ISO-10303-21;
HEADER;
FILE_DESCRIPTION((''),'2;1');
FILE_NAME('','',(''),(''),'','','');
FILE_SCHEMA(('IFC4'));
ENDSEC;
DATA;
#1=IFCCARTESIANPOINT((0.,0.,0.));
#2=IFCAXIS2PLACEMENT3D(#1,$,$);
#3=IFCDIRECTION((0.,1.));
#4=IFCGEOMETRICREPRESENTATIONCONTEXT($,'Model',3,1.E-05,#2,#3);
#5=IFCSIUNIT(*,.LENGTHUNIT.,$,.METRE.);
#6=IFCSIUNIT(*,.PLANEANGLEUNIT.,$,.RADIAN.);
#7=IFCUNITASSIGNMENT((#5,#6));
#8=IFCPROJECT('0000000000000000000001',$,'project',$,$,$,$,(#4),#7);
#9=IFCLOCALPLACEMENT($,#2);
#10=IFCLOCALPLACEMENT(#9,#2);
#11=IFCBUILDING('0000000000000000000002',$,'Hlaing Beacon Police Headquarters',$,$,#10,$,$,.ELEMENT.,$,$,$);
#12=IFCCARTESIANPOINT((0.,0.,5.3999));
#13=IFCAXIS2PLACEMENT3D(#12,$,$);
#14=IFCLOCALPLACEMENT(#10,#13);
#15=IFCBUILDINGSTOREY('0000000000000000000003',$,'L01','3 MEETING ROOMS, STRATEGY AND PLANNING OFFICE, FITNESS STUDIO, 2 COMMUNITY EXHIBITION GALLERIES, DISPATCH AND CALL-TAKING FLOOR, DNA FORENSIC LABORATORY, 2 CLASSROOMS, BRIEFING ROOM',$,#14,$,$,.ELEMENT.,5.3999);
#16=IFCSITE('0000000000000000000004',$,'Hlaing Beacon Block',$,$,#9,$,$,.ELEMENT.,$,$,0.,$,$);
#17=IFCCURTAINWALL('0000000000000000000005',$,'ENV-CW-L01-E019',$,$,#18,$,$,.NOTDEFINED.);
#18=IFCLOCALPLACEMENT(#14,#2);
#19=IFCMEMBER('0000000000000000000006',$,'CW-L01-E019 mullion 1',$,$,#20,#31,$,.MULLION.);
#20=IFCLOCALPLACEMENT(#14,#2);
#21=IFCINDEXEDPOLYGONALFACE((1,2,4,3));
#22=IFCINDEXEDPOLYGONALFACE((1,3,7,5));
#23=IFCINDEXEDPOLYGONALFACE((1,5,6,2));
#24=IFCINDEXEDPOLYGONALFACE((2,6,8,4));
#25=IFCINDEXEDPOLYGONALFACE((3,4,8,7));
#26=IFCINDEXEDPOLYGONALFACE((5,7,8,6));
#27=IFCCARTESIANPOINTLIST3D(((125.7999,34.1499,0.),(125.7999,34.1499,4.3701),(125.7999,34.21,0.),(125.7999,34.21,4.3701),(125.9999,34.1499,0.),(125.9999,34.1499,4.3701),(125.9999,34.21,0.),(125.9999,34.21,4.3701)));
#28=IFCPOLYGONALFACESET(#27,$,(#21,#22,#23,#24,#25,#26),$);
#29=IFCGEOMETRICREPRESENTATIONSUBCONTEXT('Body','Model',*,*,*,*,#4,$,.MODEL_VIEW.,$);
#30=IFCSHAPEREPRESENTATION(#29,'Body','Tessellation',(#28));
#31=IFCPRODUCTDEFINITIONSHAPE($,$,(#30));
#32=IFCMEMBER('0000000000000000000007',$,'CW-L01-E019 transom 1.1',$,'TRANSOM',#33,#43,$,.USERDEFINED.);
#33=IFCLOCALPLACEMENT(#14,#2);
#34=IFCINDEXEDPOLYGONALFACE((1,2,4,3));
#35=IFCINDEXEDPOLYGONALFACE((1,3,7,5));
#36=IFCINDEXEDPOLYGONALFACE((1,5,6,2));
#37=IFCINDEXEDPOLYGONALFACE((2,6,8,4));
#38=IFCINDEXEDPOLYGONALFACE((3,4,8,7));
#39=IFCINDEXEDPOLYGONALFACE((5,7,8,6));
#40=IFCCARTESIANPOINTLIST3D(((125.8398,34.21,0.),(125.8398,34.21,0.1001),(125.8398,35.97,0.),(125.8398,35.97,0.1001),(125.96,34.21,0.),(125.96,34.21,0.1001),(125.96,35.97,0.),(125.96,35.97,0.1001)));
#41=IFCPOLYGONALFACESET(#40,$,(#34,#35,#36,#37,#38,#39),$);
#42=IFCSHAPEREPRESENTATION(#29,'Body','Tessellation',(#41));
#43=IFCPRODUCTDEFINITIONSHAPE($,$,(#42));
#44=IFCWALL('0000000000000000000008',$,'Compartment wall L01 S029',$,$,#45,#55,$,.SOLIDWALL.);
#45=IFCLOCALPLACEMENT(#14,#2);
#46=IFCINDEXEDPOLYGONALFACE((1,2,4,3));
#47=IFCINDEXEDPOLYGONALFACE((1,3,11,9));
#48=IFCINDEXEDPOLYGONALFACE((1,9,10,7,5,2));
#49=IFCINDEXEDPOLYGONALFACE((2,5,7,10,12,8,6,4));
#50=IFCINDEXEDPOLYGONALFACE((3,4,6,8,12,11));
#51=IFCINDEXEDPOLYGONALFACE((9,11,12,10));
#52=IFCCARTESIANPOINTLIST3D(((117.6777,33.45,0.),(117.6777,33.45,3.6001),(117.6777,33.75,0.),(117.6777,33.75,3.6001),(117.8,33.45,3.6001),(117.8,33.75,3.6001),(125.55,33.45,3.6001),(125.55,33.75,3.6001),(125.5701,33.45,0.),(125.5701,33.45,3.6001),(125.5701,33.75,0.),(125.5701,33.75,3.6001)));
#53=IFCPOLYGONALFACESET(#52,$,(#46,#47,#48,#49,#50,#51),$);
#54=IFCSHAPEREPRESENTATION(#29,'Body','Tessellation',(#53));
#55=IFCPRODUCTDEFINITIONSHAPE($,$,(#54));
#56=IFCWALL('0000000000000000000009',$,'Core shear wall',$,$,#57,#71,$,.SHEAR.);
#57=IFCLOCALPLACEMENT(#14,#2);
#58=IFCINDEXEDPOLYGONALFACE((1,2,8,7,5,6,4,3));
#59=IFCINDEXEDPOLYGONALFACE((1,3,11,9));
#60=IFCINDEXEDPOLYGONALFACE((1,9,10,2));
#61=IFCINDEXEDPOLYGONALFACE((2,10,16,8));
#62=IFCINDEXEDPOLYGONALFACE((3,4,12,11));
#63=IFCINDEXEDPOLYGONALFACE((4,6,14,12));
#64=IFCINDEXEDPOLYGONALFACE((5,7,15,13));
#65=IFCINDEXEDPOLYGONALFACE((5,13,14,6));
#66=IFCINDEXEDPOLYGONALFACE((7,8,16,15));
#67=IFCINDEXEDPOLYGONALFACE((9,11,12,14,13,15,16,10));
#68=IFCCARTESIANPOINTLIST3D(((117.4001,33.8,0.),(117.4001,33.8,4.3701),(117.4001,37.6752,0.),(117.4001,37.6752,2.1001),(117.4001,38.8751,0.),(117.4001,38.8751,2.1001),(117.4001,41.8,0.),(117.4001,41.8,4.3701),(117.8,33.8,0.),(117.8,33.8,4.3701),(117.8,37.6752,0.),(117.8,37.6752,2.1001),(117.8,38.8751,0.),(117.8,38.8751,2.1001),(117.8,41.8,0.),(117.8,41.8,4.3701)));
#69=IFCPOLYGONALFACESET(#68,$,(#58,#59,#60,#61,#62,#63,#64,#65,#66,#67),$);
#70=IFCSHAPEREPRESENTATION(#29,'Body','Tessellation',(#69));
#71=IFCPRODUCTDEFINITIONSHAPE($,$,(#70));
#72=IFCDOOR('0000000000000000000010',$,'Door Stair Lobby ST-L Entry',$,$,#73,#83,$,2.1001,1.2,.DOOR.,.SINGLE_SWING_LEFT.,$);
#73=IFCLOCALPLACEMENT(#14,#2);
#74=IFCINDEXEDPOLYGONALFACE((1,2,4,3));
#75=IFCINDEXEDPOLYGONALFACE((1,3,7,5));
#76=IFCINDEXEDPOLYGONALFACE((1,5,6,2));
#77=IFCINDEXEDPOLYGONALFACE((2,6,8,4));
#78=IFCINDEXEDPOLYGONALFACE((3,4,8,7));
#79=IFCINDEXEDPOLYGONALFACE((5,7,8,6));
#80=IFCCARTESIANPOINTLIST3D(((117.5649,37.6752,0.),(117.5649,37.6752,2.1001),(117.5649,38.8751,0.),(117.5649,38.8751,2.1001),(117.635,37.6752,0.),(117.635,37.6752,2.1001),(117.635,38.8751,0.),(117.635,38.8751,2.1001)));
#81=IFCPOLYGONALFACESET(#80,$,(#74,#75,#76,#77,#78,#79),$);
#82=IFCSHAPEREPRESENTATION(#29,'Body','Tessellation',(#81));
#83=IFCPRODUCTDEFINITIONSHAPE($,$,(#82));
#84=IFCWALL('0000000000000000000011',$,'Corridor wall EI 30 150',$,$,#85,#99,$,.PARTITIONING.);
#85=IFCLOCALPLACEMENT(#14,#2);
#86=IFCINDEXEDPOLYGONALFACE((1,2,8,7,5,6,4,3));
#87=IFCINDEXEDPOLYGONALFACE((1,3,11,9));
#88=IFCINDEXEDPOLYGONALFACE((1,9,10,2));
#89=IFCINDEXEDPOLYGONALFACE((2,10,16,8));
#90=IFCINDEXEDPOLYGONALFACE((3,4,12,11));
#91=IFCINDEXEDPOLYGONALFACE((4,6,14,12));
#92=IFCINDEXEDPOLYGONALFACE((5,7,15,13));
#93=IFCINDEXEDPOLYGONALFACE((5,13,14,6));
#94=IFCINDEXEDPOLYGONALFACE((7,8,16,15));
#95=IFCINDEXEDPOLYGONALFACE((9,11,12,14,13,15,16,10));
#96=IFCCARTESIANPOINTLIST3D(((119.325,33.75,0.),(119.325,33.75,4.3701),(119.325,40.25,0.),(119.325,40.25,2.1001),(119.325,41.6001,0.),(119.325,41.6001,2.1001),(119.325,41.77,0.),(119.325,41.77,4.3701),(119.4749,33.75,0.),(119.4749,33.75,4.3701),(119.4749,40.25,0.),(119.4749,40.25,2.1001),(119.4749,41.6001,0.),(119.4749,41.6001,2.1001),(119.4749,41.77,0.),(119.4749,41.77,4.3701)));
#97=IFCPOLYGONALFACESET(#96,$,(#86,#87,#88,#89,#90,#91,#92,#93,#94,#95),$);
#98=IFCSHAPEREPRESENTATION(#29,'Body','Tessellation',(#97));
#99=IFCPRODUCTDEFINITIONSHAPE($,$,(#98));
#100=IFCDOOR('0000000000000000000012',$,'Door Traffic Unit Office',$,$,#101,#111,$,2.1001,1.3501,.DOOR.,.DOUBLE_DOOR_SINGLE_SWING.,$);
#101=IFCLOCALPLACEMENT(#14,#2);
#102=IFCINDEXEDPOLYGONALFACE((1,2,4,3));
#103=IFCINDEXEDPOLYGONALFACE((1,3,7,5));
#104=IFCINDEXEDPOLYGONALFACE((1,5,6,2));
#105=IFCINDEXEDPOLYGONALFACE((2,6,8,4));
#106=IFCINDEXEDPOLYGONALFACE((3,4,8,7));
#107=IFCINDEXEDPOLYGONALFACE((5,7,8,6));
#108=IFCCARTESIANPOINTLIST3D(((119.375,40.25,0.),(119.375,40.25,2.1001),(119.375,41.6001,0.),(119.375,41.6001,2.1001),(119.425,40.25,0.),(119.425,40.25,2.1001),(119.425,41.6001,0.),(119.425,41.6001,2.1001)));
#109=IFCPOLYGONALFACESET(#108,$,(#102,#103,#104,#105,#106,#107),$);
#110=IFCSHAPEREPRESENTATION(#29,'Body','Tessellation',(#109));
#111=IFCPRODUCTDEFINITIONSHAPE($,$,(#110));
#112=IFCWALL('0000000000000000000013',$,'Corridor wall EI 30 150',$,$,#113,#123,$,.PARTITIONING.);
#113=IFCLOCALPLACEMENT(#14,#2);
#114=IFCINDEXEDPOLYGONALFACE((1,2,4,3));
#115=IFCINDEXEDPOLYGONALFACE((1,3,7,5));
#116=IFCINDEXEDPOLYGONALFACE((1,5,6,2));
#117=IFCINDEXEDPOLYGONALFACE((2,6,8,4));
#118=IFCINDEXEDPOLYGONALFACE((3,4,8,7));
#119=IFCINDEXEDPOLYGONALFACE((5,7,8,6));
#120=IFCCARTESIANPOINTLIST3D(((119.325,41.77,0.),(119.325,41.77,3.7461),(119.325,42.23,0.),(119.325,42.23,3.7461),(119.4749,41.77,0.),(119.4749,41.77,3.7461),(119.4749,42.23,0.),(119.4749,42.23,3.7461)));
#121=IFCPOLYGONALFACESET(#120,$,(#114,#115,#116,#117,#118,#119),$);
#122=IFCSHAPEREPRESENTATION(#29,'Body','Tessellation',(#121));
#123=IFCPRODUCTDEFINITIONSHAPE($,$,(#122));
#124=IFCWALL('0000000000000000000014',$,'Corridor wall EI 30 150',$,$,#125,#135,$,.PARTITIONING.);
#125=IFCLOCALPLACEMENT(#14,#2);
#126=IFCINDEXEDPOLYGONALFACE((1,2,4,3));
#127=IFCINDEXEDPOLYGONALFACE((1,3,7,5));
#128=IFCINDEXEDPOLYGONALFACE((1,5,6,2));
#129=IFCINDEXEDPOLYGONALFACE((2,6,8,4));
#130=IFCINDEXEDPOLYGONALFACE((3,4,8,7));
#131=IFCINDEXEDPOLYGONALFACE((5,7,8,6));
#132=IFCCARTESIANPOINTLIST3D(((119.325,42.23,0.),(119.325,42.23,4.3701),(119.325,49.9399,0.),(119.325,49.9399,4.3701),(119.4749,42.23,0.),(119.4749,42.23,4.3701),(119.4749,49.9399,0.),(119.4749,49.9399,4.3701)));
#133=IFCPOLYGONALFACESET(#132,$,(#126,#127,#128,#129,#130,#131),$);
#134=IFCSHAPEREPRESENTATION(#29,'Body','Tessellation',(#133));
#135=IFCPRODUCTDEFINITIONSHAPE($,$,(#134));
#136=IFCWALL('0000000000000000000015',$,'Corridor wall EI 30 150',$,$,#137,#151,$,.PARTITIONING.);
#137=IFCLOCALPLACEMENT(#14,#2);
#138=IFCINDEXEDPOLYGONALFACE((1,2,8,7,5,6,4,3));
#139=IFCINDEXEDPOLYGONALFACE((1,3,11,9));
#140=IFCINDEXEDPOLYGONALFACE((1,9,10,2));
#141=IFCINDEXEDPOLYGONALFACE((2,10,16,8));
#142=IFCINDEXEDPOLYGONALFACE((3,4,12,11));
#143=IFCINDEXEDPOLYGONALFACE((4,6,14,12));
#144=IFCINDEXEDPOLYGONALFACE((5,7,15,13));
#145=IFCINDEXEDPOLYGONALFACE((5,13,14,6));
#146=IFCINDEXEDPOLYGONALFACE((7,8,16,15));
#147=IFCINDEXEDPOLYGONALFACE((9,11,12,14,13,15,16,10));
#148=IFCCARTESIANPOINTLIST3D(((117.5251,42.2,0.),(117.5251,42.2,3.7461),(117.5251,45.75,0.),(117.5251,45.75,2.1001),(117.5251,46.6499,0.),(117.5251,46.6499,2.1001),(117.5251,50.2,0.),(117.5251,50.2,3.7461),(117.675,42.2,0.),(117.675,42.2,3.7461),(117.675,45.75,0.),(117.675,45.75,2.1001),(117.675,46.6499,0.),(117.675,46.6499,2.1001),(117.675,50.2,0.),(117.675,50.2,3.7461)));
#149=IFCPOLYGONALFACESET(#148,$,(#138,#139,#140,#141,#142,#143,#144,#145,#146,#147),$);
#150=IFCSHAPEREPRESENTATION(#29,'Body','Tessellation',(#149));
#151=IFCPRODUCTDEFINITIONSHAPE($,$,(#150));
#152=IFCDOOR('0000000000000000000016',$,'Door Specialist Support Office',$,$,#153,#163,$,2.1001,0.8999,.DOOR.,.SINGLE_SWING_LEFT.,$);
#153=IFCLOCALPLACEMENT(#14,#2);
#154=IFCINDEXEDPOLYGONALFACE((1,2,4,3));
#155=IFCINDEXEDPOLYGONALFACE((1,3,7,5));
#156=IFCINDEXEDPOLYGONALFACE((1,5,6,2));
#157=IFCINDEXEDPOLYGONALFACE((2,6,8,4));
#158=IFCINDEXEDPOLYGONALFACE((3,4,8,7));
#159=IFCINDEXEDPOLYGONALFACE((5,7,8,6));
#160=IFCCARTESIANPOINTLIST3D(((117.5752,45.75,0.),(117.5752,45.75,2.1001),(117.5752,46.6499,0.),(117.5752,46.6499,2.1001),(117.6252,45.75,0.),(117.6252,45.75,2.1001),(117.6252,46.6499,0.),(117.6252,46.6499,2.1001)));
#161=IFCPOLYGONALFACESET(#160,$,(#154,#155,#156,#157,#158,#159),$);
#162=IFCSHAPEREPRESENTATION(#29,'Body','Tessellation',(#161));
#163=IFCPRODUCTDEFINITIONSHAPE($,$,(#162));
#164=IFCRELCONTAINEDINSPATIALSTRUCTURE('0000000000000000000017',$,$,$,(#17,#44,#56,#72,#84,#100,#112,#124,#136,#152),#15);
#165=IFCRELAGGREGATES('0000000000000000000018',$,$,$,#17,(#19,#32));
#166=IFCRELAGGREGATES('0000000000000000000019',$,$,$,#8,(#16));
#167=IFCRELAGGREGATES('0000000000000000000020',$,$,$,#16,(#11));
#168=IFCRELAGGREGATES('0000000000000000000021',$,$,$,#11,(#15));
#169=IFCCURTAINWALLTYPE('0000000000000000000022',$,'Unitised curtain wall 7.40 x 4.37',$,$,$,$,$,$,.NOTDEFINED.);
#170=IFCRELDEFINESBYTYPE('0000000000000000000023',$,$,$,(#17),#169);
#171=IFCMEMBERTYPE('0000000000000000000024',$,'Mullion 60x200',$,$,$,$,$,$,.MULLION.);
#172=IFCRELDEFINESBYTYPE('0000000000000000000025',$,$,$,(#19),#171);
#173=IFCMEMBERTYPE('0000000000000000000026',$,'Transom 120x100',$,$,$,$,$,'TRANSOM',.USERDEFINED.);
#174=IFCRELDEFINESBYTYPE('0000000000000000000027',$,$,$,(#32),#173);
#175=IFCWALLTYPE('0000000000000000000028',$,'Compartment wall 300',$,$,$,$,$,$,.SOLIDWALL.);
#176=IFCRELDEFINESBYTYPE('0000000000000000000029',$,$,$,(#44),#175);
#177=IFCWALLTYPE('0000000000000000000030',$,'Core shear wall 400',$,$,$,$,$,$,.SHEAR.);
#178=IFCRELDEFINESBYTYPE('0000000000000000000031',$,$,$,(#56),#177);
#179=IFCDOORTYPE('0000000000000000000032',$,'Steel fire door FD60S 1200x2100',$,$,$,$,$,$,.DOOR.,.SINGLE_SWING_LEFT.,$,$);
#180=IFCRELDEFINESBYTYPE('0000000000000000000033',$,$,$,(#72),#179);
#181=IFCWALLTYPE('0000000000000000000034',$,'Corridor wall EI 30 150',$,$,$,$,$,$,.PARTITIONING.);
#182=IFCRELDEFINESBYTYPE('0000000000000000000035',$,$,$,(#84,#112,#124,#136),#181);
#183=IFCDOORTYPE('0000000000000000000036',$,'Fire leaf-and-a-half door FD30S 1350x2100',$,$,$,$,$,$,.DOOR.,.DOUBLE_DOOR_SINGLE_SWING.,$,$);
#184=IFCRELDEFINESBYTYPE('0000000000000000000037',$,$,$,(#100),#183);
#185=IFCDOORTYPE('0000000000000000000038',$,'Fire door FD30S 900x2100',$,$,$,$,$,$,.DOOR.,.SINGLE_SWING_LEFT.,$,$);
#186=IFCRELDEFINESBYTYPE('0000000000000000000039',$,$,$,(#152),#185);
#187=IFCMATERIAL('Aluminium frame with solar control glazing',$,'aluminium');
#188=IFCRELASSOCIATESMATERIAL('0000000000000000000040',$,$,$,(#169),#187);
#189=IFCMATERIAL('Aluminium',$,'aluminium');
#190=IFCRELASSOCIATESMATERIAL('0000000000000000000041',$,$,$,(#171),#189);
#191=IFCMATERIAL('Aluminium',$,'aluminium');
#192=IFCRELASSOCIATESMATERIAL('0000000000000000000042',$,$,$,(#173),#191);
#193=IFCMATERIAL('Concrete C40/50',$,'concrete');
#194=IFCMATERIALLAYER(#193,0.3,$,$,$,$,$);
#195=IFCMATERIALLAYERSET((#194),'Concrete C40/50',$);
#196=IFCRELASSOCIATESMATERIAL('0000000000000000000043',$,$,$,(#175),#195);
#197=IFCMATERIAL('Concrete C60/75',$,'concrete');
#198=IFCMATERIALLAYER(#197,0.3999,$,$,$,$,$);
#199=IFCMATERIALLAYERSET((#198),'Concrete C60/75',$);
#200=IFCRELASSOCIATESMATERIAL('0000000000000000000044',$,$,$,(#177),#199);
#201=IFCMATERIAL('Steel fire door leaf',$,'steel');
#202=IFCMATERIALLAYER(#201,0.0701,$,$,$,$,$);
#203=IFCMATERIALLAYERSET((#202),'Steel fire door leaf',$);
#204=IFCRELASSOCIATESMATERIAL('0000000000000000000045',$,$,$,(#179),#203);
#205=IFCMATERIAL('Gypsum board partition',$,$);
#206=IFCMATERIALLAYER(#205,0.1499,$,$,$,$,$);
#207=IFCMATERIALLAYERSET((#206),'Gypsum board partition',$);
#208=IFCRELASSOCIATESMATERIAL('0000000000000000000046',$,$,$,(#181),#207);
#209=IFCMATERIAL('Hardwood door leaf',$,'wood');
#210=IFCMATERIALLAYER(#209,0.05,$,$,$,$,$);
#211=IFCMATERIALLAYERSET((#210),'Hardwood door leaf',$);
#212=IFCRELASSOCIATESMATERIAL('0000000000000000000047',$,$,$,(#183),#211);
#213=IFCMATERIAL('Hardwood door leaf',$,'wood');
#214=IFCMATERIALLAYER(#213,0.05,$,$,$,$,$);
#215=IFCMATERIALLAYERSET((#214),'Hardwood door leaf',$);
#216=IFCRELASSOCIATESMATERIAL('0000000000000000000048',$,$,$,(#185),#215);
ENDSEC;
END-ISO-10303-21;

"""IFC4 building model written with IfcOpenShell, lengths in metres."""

from ifc_helpers import new_model, si_unit, direction, frame, frame_2d, origin, origin_2d, place, context, subcontext, project, spatial, polyline, rectangle, outline, extrude, material, layer, layer_set, material_profile, profile_set, type_object, element, fill, aggregate, save


model = new_model("IFC4")

# Units and contexts
model_context = context("Model", 3, precision=1e-05, world=origin(), true_north=direction((0.0, 1.0)))
body_context = subcontext(model_context, "Body", "Model", "MODEL_VIEW")
ifc_project = project(units=[si_unit("LENGTHUNIT", "METRE"), si_unit("PLANEANGLEUNIT", "RADIAN")], contexts=[model_context])

# Site, building, storey
site_placement = place(None, origin())
site = spatial("IfcSite", under=ifc_project, at=site_placement, Name="Hlaing Beacon Block", CompositionType="ELEMENT", RefElevation=0.0)
building_placement = place(site_placement, origin())
building = spatial("IfcBuilding", under=site, at=building_placement, Name="Hlaing Beacon Police Headquarters", CompositionType="ELEMENT")
storey_placement = place(building_placement, frame((0.0, 0.0, 5.3999)))
storey = spatial("IfcBuildingStorey", under=building, at=storey_placement, Name="L01", Description="3 MEETING ROOMS, STRATEGY AND PLANNING OFFICE, FITNESS STUDIO, 2 COMMUNITY EXHIBITION GALLERIES, DISPATCH AND CALL-TAKING FLOOR, DNA FORENSIC LABORATORY, 2 CLASSROOMS, BRIEFING ROOM", CompositionType="ELEMENT", Elevation=5.3999)

# Curtain wall, members
ifc_material_1 = material(Name="Aluminium frame with solar control glazing", Category="aluminium")
curtain_wall_type = type_object("IfcCurtainWallType", Name="Unitised curtain wall 7.40 x 4.37", PredefinedType="NOTDEFINED", material=ifc_material_1)
curtain_wall_placement = place(storey_placement, origin())
curtain_wall = element("IfcCurtainWall", 1, at=curtain_wall_placement, inside=storey, type_object=curtain_wall_type, Name="ENV-CW-L01-E019", PredefinedType="NOTDEFINED")
ifc_material_2 = material(Name="Aluminium", Category="aluminium")
ifc_material_profile_1 = material_profile(ifc_material_2, rectangle(XDim=0.2, YDim=0.0601, at=origin_2d()), Name="Mullion 60x200")
ifc_profile_set_1 = profile_set([ifc_material_profile_1], Name="Aluminium")
member_type_1 = type_object("IfcMemberType", Name="Mullion 60x200", PredefinedType="MULLION", material=ifc_profile_set_1)
member_1_placement = place(storey_placement, frame((125.8999, 34.1799, 0.0), z_axis=(0.0, 0.0, 1.0), x_axis=(-1.0, 0.0, 0.0)))
member_1 = element("IfcMember", 2, at=member_1_placement, type_object=member_type_1, Name="CW-L01-E019 mullion 1", PredefinedType="MULLION", context=body_context, shape_type="SweptSolid", body=[
    extrude(rectangle(XDim=0.2, YDim=0.0601, at=origin_2d()), origin(), (0.0, 0.0, 1.0), 4.3701),
])
ifc_material_3 = material(Name="Aluminium", Category="aluminium")
ifc_material_profile_2 = material_profile(ifc_material_3, rectangle(XDim=0.1201, YDim=0.1001, at=origin_2d()), Name="Transom 120x100")
ifc_profile_set_2 = profile_set([ifc_material_profile_2], Name="Aluminium")
member_type_2 = type_object("IfcMemberType", Name="Transom 120x100", ElementType="TRANSOM", PredefinedType="USERDEFINED", material=ifc_profile_set_2)
member_2_placement = place(storey_placement, frame((125.8999, 34.21, 0.05), z_axis=(0.0, 1.0, 0.0), x_axis=(-1.0, 0.0, 0.0)))
member_2 = element("IfcMember", 3, at=member_2_placement, type_object=member_type_2, Name="CW-L01-E019 transom 1.1", ObjectType="TRANSOM", PredefinedType="USERDEFINED", context=body_context, shape_type="SweptSolid", body=[
    extrude(rectangle(XDim=0.1201, YDim=0.1001, at=origin_2d()), origin(), (0.0, 0.0, 1.0), 1.76),
])
aggregate(curtain_wall, [member_1, member_2])

# Wall
ifc_material_4 = material(Name="Concrete C40/50", Category="concrete")
ifc_layer_1 = layer(ifc_material_4, 0.3)
ifc_layer_set_1 = layer_set([ifc_layer_1], Name="Concrete C40/50")
wall_type_1 = type_object("IfcWallType", Name="Compartment wall 300", PredefinedType="SOLIDWALL", material=ifc_layer_set_1)
wall_1_placement = place(storey_placement, frame((117.6777, 33.6001, 0.0), z_axis=(0.0, 0.0, 1.0), x_axis=(1.0, 0.0, 0.0)))
element("IfcWall", 4, at=wall_1_placement, inside=storey, type_object=wall_type_1, Name="Compartment wall L01 S029", PredefinedType="SOLIDWALL", context=body_context, shape_type="SweptSolid", body=[
    extrude(outline(polyline([(0.0, 0.0), (7.8923, 0.0), (7.8923, 3.6001), (7.8723, 3.6001), (0.1223, 3.6001), (0.0, 3.6001), (0.0, 0.0)])), frame((0.0, 0.1499, 0.0), z_axis=(0.0, -1.0, 0.0), x_axis=(1.0, 0.0, 0.0)), (0.0, 0.0, 1.0), 0.3),
])

# Walls, openings, doors
ifc_material_5 = material(Name="Concrete C60/75", Category="concrete")
ifc_layer_2 = layer(ifc_material_5, 0.3999)
ifc_layer_set_2 = layer_set([ifc_layer_2], Name="Concrete C60/75")
wall_type_2 = type_object("IfcWallType", Name="Core shear wall 400", PredefinedType="SHEAR", material=ifc_layer_set_2)
wall_2_placement = place(storey_placement, frame((117.6001, 33.8, 0.0), z_axis=(0.0, 0.0, 1.0), x_axis=(0.0, 1.0, 0.0)))
wall_2 = element("IfcWall", 5, at=wall_2_placement, inside=storey, type_object=wall_type_2, Name="Core shear wall", PredefinedType="SHEAR", context=body_context, shape_type="SweptSolid", body=[
    extrude(rectangle(XDim=8.0, YDim=0.3999, at=frame_2d((4.0, 0.0))), origin(), (0.0, 0.0, 1.0), 4.3701),
])
opening_1_placement = place(wall_2_placement, frame((3.875, 0.0, 0.0)))
opening_1 = element("IfcOpeningElement", 6, at=opening_1_placement, cuts=wall_2, PredefinedType="OPENING", context=body_context, shape_type="SweptSolid", body=[
    extrude(rectangle(XDim=1.2, YDim=2.1001, at=frame_2d((0.6001, 1.05))), frame((0.0, 0.21, 0.0), z_axis=(0.0, -1.0, 0.0), x_axis=(1.0, 0.0, 0.0)), (0.0, 0.0, 1.0), 0.4199),
])
ifc_material_6 = material(Name="Steel fire door leaf", Category="steel")
ifc_layer_3 = layer(ifc_material_6, 0.0701)
ifc_layer_set_3 = layer_set([ifc_layer_3], Name="Steel fire door leaf")
door_type_1 = type_object("IfcDoorType", Name="Steel fire door FD60S 1200x2100", OperationType="SINGLE_SWING_LEFT", PredefinedType="DOOR", material=ifc_layer_set_3)
door_1_placement = place(opening_1_placement, origin())
door_1 = element("IfcDoor", 7, at=door_1_placement, inside=storey, type_object=door_type_1, Name="Door Stair Lobby ST-L Entry", OperationType="SINGLE_SWING_LEFT", OverallHeight=2.1001, OverallWidth=1.2, PredefinedType="DOOR", context=body_context, shape_type="SweptSolid", body=[
    extrude(rectangle(XDim=1.2, YDim=2.1001, at=frame_2d((0.6001, 1.05))), frame((0.0, 0.0352, 0.0), z_axis=(0.0, -1.0, 0.0), x_axis=(1.0, 0.0, 0.0)), (0.0, 0.0, 1.0), 0.0701),
])
fill(opening_1, door_1)
ifc_material_7 = material(Name="Gypsum board partition")
ifc_layer_4 = layer(ifc_material_7, 0.1499)
ifc_layer_set_4 = layer_set([ifc_layer_4], Name="Gypsum board partition")
wall_type_3 = type_object("IfcWallType", Name="Corridor wall EI 30 150", PredefinedType="PARTITIONING", material=ifc_layer_set_4)
wall_3_placement = place(storey_placement, frame((119.3999, 33.75, 0.0), z_axis=(0.0, 0.0, 1.0), x_axis=(0.0, 1.0, 0.0)))
wall_3 = element("IfcWall", 8, at=wall_3_placement, inside=storey, type_object=wall_type_3, Name="Corridor wall EI 30 150", PredefinedType="PARTITIONING", context=body_context, shape_type="SweptSolid", body=[
    extrude(rectangle(XDim=8.02, YDim=0.1499, at=frame_2d((4.01, 0.0))), origin(), (0.0, 0.0, 1.0), 4.3701),
])
opening_2_placement = place(wall_3_placement, frame((6.5, 0.0, 0.0)))
opening_2 = element("IfcOpeningElement", 9, at=opening_2_placement, cuts=wall_3, PredefinedType="OPENING", context=body_context, shape_type="SweptSolid", body=[
    extrude(rectangle(XDim=1.3501, YDim=2.1001, at=frame_2d((0.675, 1.05))), frame((0.0, 0.085, 0.0), z_axis=(0.0, -1.0, 0.0), x_axis=(1.0, 0.0, 0.0)), (0.0, 0.0, 1.0), 0.1699),
])
ifc_material_8 = material(Name="Hardwood door leaf", Category="wood")
ifc_layer_5 = layer(ifc_material_8, 0.05)
ifc_layer_set_5 = layer_set([ifc_layer_5], Name="Hardwood door leaf")
door_type_2 = type_object("IfcDoorType", Name="Fire leaf-and-a-half door FD30S 1350x2100", OperationType="DOUBLE_DOOR_SINGLE_SWING", PredefinedType="DOOR", material=ifc_layer_set_5)
door_2_placement = place(opening_2_placement, frame((1.3501, 0.0, 0.0), z_axis=(0.0, 0.0, 1.0), x_axis=(-1.0, 0.0, 0.0)))
door_2 = element("IfcDoor", 10, at=door_2_placement, inside=storey, type_object=door_type_2, Name="Door Traffic Unit Office", OperationType="DOUBLE_DOOR_SINGLE_SWING", OverallHeight=2.1001, OverallWidth=1.3501, PredefinedType="DOOR", context=body_context, shape_type="SweptSolid", body=[
    extrude(rectangle(XDim=1.3501, YDim=2.1001, at=frame_2d((0.675, 1.05))), frame((0.0, 0.0251, 0.0), z_axis=(0.0, -1.0, 0.0), x_axis=(1.0, 0.0, 0.0)), (0.0, 0.0, 1.0), 0.05),
])
fill(opening_2, door_2)

# Walls
wall_4_placement = place(storey_placement, frame((119.3999, 41.77, 0.0), z_axis=(0.0, 0.0, 1.0), x_axis=(0.0, 1.0, 0.0)))
element("IfcWall", 11, at=wall_4_placement, inside=storey, type_object=wall_type_3, Name="Corridor wall EI 30 150", PredefinedType="PARTITIONING", context=body_context, shape_type="SweptSolid", body=[
    extrude(rectangle(XDim=0.46, YDim=0.1499, at=frame_2d((0.23, 0.0))), origin(), (0.0, 0.0, 1.0), 3.7461),
])
wall_5_placement = place(storey_placement, frame((119.3999, 42.23, 0.0), z_axis=(0.0, 0.0, 1.0), x_axis=(0.0, 1.0, 0.0)))
element("IfcWall", 12, at=wall_5_placement, inside=storey, type_object=wall_type_3, Name="Corridor wall EI 30 150", PredefinedType="PARTITIONING", context=body_context, shape_type="SweptSolid", body=[
    extrude(rectangle(XDim=7.71, YDim=0.1499, at=frame_2d((3.855, 0.0))), origin(), (0.0, 0.0, 1.0), 4.3701),
])

# Wall, opening, door
wall_6_placement = place(storey_placement, frame((117.6001, 42.2, 0.0), z_axis=(0.0, 0.0, 1.0), x_axis=(0.0, 1.0, 0.0)))
wall_6 = element("IfcWall", 13, at=wall_6_placement, inside=storey, type_object=wall_type_3, Name="Corridor wall EI 30 150", PredefinedType="PARTITIONING", context=body_context, shape_type="SweptSolid", body=[
    extrude(rectangle(XDim=8.0, YDim=0.1499, at=frame_2d((4.0, 0.0))), origin(), (0.0, 0.0, 1.0), 3.7461),
])
opening_3_placement = place(wall_6_placement, frame((3.55, 0.0, 0.0)))
opening_3 = element("IfcOpeningElement", 14, at=opening_3_placement, cuts=wall_6, PredefinedType="OPENING", context=body_context, shape_type="SweptSolid", body=[
    extrude(rectangle(XDim=0.8999, YDim=2.1001, at=frame_2d((0.45, 1.05))), frame((0.0, 0.085, 0.0), z_axis=(0.0, -1.0, 0.0), x_axis=(1.0, 0.0, 0.0)), (0.0, 0.0, 1.0), 0.1699),
])
ifc_material_9 = material(Name="Hardwood door leaf", Category="wood")
ifc_layer_6 = layer(ifc_material_9, 0.05)
ifc_layer_set_6 = layer_set([ifc_layer_6], Name="Hardwood door leaf")
door_type_3 = type_object("IfcDoorType", Name="Fire door FD30S 900x2100", OperationType="SINGLE_SWING_LEFT", PredefinedType="DOOR", material=ifc_layer_set_6)
door_3_placement = place(opening_3_placement, origin())
door_3 = element("IfcDoor", 15, at=door_3_placement, inside=storey, type_object=door_type_3, Name="Door Specialist Support Office", OperationType="SINGLE_SWING_LEFT", OverallHeight=2.1001, OverallWidth=0.8999, PredefinedType="DOOR", context=body_context, shape_type="SweptSolid", body=[
    extrude(rectangle(XDim=0.8999, YDim=2.1001, at=frame_2d((0.45, 1.05))), frame((0.0, 0.0249, 0.0), z_axis=(0.0, -1.0, 0.0), x_axis=(1.0, 0.0, 0.0)), (0.0, 0.0, 1.0), 0.05),
])
fill(opening_3, door_3)

save(model, "model.ifc")
